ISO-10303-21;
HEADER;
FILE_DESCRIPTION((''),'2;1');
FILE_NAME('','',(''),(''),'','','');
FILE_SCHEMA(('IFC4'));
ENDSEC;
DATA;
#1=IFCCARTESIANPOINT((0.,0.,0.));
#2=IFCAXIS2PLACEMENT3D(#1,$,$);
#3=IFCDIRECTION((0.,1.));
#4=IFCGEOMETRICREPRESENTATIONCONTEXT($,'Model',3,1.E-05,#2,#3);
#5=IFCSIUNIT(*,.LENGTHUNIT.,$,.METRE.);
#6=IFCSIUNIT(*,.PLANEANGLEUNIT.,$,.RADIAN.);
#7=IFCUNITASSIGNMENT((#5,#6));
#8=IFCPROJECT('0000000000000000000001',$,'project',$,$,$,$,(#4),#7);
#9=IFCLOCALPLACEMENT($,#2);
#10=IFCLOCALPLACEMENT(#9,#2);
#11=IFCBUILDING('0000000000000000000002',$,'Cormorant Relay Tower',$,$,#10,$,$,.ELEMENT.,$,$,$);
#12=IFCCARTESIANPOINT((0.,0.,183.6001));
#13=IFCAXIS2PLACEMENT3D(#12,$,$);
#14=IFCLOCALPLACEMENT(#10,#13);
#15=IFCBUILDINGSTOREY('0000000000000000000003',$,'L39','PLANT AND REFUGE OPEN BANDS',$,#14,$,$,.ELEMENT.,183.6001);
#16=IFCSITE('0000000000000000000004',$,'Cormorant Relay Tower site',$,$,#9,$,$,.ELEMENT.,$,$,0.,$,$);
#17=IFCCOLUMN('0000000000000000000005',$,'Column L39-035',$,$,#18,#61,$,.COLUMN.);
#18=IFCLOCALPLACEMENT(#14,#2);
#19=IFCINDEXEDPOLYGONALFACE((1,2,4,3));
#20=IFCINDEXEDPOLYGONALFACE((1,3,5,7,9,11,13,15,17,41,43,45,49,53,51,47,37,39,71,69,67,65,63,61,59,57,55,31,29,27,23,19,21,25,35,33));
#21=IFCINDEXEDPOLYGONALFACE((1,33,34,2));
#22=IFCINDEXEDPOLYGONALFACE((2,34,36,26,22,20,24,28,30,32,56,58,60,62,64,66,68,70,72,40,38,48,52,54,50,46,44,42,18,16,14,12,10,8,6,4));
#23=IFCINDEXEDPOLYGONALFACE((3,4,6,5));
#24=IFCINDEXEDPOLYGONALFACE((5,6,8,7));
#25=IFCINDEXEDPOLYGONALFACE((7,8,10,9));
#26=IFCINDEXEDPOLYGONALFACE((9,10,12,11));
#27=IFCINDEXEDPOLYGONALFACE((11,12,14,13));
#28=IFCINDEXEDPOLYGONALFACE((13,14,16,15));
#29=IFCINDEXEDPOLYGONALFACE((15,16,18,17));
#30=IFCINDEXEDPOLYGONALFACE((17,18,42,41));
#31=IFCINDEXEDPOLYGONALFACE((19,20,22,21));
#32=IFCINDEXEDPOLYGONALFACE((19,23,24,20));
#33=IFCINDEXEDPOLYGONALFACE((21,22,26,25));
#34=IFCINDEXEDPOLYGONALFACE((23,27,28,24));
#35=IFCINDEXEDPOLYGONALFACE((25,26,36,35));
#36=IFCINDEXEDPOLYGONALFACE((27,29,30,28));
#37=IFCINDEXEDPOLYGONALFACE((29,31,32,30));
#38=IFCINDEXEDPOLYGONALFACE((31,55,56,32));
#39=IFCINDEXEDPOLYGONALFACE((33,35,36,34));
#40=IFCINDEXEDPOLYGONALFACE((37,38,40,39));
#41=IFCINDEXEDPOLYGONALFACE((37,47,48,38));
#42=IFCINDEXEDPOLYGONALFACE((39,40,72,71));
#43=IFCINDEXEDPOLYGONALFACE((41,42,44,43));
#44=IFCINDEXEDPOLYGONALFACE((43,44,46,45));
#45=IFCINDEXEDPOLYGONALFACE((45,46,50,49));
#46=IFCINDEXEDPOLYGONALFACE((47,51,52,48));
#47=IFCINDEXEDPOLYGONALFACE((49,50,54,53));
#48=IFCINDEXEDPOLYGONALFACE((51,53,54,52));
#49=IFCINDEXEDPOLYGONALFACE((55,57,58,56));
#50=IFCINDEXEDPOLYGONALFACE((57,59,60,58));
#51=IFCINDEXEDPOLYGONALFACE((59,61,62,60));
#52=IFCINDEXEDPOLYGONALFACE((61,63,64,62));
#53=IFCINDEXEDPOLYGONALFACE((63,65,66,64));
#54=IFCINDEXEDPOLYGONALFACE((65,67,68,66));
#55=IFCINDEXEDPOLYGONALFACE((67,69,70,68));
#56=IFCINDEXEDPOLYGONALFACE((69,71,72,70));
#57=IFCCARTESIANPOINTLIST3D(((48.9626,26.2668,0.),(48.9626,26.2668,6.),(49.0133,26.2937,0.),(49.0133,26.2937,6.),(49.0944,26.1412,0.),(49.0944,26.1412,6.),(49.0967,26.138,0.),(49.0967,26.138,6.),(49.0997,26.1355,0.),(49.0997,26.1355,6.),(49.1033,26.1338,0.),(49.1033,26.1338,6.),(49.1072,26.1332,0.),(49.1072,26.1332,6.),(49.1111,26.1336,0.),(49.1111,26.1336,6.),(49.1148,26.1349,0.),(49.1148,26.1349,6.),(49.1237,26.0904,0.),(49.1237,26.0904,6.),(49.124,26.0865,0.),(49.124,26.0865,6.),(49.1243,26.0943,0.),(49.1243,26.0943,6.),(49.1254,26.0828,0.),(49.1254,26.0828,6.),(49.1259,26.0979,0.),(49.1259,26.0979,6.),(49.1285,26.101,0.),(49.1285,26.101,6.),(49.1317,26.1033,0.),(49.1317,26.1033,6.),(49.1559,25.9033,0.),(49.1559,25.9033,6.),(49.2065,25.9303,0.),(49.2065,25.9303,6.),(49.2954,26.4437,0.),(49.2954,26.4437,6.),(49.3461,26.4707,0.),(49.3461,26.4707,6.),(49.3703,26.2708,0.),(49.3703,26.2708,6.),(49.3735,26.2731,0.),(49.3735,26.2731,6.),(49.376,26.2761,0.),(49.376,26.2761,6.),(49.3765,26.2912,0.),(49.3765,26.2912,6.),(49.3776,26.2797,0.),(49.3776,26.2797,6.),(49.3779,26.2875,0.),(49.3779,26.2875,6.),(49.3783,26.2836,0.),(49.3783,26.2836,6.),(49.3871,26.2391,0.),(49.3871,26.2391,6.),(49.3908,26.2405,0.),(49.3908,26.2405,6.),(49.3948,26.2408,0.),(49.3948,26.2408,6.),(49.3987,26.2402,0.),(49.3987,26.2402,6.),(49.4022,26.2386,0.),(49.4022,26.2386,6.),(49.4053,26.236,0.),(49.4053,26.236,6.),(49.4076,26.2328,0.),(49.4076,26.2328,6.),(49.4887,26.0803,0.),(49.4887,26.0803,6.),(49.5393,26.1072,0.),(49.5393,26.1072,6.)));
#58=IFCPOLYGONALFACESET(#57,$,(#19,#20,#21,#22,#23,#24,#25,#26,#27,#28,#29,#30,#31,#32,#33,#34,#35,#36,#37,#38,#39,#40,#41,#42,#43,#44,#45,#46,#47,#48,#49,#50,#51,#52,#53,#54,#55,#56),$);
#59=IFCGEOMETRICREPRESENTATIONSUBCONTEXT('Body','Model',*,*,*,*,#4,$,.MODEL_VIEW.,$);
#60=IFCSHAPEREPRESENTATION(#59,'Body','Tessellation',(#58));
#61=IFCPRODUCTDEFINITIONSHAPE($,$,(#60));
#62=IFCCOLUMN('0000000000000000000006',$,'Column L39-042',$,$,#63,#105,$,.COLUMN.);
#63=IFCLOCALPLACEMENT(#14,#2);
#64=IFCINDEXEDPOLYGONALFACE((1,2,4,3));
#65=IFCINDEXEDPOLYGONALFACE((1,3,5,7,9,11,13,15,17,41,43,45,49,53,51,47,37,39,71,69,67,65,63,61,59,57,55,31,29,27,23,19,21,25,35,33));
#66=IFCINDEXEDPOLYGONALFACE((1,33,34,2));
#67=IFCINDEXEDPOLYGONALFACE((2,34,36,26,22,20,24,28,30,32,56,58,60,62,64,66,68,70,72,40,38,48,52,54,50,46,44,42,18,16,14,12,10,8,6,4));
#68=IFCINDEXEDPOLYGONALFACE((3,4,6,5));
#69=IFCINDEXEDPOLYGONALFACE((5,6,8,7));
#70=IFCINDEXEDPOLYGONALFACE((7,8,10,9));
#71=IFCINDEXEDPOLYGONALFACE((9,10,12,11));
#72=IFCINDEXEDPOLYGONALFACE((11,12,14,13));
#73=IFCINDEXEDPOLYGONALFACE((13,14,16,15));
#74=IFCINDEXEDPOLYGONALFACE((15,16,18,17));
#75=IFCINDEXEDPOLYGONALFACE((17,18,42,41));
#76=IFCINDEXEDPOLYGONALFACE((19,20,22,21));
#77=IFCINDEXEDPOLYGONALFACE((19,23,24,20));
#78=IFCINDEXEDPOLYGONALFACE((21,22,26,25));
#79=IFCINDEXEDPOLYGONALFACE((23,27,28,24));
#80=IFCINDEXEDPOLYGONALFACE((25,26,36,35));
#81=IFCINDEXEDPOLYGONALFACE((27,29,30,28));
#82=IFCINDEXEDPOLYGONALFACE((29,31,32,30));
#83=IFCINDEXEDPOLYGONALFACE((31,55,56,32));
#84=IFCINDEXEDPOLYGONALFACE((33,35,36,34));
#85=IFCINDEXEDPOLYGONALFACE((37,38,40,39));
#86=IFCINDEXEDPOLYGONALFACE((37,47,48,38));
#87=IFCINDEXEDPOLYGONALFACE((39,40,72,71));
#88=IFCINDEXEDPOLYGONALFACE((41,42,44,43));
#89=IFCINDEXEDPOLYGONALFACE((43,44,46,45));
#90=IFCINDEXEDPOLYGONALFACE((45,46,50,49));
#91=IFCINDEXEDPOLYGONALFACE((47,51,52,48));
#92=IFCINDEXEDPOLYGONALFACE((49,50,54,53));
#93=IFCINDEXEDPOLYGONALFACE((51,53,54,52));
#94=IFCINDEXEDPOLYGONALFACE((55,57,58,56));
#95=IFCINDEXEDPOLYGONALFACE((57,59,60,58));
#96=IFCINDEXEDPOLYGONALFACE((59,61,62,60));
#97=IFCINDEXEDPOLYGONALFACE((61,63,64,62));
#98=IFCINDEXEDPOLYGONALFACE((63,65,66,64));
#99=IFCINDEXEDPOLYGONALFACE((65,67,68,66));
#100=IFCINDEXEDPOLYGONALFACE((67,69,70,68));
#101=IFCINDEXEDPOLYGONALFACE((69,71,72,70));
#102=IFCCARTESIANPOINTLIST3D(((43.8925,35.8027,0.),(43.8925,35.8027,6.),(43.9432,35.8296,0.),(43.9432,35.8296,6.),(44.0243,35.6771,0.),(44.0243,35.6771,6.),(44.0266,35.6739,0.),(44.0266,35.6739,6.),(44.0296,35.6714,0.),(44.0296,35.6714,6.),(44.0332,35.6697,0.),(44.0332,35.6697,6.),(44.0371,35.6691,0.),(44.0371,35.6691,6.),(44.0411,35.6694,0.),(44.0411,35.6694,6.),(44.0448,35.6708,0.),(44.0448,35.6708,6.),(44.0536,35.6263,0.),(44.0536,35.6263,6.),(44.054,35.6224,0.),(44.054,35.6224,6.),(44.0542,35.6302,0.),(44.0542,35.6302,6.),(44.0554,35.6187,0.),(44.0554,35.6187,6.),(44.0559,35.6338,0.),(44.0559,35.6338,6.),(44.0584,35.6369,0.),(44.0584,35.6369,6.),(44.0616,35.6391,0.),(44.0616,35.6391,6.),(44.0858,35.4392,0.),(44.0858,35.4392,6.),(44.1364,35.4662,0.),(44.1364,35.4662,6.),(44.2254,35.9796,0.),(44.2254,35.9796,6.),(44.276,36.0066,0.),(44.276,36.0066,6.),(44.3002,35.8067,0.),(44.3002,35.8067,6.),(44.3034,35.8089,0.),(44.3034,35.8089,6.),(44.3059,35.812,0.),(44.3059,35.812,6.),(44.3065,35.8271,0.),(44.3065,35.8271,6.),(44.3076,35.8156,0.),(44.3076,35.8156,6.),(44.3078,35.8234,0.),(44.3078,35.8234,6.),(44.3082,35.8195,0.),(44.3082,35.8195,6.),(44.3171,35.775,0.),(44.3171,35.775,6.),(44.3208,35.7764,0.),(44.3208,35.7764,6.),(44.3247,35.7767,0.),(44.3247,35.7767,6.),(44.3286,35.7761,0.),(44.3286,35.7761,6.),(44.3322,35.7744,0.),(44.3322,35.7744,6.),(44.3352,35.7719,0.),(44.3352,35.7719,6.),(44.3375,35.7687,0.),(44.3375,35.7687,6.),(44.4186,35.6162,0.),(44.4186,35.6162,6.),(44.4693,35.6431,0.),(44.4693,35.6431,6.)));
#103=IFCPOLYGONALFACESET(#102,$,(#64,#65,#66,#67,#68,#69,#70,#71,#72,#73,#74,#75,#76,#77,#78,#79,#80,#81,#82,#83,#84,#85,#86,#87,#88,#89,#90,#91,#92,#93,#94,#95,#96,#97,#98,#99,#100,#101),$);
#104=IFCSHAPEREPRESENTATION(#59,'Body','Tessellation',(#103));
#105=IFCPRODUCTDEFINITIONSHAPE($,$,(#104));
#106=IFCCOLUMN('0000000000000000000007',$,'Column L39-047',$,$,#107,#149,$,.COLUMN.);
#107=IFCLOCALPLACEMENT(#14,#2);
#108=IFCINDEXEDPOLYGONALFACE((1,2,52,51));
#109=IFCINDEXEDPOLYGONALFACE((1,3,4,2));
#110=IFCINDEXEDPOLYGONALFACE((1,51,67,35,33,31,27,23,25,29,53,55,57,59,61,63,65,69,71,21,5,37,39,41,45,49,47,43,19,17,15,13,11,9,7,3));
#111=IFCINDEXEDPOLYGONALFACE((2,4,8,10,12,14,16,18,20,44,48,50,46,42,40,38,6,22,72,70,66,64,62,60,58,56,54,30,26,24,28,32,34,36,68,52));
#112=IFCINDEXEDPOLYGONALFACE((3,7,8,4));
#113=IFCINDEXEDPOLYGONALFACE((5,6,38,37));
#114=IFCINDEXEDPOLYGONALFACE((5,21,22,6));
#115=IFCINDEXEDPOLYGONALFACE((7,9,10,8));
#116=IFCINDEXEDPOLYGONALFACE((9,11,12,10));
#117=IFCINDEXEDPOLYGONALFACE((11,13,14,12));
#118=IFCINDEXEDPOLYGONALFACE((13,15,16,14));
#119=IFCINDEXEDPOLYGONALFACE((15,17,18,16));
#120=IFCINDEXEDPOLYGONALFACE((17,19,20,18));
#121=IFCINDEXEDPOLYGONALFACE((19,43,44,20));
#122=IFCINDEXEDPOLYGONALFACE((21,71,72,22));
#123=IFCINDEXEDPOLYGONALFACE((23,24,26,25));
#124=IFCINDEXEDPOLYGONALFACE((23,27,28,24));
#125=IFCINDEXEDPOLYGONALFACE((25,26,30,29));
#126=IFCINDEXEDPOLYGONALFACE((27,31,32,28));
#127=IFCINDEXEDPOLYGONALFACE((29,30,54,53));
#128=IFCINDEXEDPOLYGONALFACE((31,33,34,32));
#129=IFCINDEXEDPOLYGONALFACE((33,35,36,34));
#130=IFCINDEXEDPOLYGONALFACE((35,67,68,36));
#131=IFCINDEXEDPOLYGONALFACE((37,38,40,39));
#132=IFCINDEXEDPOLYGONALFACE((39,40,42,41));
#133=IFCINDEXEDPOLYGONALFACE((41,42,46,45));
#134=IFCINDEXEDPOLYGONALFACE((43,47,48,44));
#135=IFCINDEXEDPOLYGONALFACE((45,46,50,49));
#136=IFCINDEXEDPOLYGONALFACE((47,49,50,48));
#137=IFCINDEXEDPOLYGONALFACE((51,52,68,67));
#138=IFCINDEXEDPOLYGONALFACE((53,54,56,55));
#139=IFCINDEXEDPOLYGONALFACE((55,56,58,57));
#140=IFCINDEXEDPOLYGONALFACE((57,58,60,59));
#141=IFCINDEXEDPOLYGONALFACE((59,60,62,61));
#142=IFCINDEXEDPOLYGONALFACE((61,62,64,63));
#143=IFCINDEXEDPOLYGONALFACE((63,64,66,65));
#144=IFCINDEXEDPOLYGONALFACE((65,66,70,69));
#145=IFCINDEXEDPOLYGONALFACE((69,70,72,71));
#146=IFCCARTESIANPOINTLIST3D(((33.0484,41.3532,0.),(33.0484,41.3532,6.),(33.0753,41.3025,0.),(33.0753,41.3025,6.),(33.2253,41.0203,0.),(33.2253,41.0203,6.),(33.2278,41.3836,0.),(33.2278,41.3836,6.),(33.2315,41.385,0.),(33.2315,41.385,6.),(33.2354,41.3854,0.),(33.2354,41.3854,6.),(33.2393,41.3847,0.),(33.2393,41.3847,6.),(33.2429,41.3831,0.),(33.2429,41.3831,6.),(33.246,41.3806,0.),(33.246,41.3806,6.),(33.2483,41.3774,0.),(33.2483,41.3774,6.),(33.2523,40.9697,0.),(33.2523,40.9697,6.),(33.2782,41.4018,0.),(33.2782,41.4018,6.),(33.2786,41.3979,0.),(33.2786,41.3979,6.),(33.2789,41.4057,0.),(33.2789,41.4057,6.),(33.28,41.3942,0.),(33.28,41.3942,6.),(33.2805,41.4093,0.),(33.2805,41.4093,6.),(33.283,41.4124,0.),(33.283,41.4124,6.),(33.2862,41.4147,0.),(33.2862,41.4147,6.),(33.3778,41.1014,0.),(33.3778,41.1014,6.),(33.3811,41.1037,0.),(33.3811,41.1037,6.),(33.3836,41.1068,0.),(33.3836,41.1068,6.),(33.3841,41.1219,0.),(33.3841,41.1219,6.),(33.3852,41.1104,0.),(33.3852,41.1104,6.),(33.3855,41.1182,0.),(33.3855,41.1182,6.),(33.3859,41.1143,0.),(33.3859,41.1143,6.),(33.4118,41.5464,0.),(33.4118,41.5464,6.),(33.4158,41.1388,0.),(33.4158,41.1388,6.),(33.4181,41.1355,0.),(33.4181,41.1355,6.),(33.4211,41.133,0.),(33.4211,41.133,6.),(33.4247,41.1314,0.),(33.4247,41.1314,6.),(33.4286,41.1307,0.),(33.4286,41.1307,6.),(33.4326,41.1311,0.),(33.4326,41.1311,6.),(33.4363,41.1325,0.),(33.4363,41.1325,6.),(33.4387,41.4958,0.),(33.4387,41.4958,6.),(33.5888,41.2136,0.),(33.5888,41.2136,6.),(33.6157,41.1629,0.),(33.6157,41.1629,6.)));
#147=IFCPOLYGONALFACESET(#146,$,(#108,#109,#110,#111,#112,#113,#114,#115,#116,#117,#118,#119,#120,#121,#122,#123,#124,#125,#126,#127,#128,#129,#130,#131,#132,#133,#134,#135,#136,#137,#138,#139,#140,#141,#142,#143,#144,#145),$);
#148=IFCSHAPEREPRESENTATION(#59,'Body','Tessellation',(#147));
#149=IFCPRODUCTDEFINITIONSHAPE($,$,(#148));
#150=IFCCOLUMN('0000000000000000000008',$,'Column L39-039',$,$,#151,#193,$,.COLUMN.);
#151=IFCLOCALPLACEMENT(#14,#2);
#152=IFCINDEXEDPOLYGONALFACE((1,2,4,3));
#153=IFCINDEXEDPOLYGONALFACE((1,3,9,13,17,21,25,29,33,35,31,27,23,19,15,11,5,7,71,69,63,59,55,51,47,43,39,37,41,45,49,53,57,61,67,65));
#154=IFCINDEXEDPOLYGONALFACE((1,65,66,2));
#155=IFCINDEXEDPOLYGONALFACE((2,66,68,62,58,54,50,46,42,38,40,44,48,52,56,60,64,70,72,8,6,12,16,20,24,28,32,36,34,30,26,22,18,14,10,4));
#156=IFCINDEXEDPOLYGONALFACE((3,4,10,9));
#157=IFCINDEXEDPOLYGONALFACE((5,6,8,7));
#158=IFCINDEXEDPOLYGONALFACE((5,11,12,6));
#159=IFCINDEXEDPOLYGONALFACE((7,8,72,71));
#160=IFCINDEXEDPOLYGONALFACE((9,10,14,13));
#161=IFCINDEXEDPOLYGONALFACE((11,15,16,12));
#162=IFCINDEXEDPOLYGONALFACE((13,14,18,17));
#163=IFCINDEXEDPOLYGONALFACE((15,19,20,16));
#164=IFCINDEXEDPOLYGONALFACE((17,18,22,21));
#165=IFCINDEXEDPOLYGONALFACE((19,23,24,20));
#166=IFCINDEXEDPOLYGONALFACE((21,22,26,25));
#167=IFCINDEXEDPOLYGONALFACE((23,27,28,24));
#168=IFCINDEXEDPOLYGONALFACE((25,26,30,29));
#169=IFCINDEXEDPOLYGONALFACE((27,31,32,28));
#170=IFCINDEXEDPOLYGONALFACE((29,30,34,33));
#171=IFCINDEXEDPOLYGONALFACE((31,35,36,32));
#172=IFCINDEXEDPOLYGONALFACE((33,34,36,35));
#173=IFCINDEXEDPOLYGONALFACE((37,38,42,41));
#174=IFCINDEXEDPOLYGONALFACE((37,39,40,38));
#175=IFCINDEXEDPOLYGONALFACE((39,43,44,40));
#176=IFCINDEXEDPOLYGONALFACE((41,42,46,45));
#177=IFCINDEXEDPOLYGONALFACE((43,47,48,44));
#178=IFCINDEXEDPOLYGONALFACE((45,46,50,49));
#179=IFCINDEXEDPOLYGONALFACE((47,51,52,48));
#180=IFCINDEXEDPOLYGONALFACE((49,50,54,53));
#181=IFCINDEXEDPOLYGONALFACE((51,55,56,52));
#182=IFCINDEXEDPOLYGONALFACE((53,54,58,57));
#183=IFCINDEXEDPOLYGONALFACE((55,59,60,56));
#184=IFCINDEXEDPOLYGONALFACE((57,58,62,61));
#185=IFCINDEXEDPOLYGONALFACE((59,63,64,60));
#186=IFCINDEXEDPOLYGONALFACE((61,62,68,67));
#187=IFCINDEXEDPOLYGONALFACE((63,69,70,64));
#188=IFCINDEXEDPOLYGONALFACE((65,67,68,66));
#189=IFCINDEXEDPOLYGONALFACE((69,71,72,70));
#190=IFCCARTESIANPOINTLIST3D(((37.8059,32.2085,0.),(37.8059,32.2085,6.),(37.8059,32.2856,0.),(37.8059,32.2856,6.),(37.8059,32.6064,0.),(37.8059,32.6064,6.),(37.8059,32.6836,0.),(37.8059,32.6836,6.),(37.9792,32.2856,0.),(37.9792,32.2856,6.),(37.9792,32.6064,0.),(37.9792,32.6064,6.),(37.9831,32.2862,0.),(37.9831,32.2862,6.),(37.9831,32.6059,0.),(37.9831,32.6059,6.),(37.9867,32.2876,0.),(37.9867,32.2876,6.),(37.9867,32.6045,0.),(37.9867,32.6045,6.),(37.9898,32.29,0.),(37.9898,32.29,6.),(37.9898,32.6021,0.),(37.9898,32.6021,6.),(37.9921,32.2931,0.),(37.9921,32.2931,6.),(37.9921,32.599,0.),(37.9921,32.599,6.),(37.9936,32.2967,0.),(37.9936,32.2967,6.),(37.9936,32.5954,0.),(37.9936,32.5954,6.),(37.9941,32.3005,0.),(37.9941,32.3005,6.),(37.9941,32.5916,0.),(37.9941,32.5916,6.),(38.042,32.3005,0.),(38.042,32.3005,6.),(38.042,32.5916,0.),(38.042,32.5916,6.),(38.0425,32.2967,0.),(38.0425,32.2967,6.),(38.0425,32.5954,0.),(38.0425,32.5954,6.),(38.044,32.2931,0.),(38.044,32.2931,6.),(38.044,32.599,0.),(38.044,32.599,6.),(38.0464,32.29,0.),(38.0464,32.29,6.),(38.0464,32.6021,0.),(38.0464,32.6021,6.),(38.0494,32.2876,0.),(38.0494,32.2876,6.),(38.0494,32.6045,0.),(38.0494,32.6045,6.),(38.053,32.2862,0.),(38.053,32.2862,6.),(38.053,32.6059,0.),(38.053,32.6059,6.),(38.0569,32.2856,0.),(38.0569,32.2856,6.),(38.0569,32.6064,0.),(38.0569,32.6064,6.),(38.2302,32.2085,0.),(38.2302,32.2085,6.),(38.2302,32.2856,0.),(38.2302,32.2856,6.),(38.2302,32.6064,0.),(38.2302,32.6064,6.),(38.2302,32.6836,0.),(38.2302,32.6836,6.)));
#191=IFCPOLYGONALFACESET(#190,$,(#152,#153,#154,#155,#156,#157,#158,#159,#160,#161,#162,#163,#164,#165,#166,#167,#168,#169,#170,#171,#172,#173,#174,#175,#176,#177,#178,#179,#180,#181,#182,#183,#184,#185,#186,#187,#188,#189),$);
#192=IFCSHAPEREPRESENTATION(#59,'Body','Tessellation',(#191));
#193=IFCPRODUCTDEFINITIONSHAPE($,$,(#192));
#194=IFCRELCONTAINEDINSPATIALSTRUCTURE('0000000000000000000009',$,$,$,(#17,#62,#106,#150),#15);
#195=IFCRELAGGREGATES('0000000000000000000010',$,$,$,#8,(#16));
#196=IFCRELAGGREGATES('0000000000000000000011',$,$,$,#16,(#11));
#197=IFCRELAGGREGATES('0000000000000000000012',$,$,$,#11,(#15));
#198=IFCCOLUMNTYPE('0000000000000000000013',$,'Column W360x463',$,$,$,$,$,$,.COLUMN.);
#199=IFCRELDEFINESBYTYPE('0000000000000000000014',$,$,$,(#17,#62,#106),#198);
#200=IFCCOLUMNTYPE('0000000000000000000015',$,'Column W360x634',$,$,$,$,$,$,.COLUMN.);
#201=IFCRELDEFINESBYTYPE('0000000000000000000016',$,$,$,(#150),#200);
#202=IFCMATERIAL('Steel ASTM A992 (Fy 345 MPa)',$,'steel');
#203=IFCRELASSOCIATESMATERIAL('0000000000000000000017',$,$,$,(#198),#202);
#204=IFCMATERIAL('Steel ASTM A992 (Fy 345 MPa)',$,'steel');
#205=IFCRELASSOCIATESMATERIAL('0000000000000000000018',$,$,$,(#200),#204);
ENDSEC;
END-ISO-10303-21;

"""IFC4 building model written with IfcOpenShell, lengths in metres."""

from ifc_helpers import new_model, si_unit, direction, frame, origin, origin_2d, place, context, subcontext, project, spatial, i_section, extrude, material, material_profile, profile_set, type_object, element, save


model = new_model("IFC4")

# Units and contexts
model_context = context("Model", 3, precision=1e-05, world=origin(), true_north=direction((0.0, 1.0)))
body_context = subcontext(model_context, "Body", "Model", "MODEL_VIEW")
ifc_project = project(units=[si_unit("LENGTHUNIT", "METRE"), si_unit("PLANEANGLEUNIT", "RADIAN")], contexts=[model_context])

# Site, building, storey
site_placement = place(None, origin())
site = spatial("IfcSite", under=ifc_project, at=site_placement, Name="Cormorant Relay Tower site", CompositionType="ELEMENT", RefElevation=0.0)
building_placement = place(site_placement, origin())
building = spatial("IfcBuilding", under=site, at=building_placement, Name="Cormorant Relay Tower", CompositionType="ELEMENT")
storey_placement = place(building_placement, frame((0.0, 0.0, 183.6001)))
storey = spatial("IfcBuildingStorey", under=building, at=storey_placement, Name="L39", Description="PLANT AND REFUGE OPEN BANDS", CompositionType="ELEMENT", Elevation=183.6001)

# Columns
ifc_material_1 = material(Name="Steel ASTM A992 (Fy 345 MPa)", Category="steel")
ifc_material_profile_1 = material_profile(ifc_material_1, i_section(OverallWidth=0.4116, OverallDepth=0.4343, WebThickness=0.0359, FlangeThickness=0.0574, FilletRadius=0.0151, at=origin_2d()), Name="W360x463")
ifc_profile_set_1 = profile_set([ifc_material_profile_1], Name="Steel ASTM A992 (Fy 345 MPa)")
column_type_1 = type_object("IfcColumnType", Name="Column W360x463", PredefinedType="COLUMN", material=ifc_profile_set_1)
for number, where, z_axis, x_axis, name in (
    (1, (49.251, 26.187, 0.0), (0.0, 0.0, 1.0), (-0.469472, 0.882948, 0.0), "Column L39-035"),
    (2, (44.1809, 35.7229, 0.0), (0.0, 0.0, 1.0), (-0.469472, 0.882948, 0.0), "Column L39-042"),
    (3, (33.332, 41.2581, 0.0), (0.0, 0.0, 1.0), (-0.882948, -0.469472, 0.0), "Column L39-047"),
):
    element("IfcColumn", number, at=place(storey_placement, frame(where, z_axis=z_axis, x_axis=x_axis)), inside=storey, type_object=column_type_1, Name=name, PredefinedType="COLUMN", context=body_context, shape_type="SweptSolid", body=[
        extrude(i_section(OverallWidth=0.4116, OverallDepth=0.4343, WebThickness=0.0359, FlangeThickness=0.0574, FilletRadius=0.0151, at=origin_2d()), origin(), (0.0, 0.0, 1.0), 6.0),
    ])
ifc_material_2 = material(Name="Steel ASTM A992 (Fy 345 MPa)", Category="steel")
ifc_material_profile_2 = material_profile(ifc_material_2, i_section(OverallWidth=0.4243, OverallDepth=0.4751, WebThickness=0.0479, FlangeThickness=0.0771, FilletRadius=0.0149, at=origin_2d()), Name="W360x634")
ifc_profile_set_2 = profile_set([ifc_material_profile_2], Name="Steel ASTM A992 (Fy 345 MPa)")
column_type_2 = type_object("IfcColumnType", Name="Column W360x634", PredefinedType="COLUMN", material=ifc_profile_set_2)
for number, where, z_axis, x_axis, name in (
    (4, (38.0181, 32.446, 0.0), (0.0, 0.0, 1.0), (1.0, 0.0, 0.0), "Column L39-039"),
):
    element("IfcColumn", number, at=place(storey_placement, frame(where, z_axis=z_axis, x_axis=x_axis)), inside=storey, type_object=column_type_2, Name=name, PredefinedType="COLUMN", context=body_context, shape_type="SweptSolid", body=[
        extrude(i_section(OverallWidth=0.4243, OverallDepth=0.4751, WebThickness=0.0479, FlangeThickness=0.0771, FilletRadius=0.0149, at=origin_2d()), origin(), (0.0, 0.0, 1.0), 6.0),
    ])

save(model, "model.ifc")
